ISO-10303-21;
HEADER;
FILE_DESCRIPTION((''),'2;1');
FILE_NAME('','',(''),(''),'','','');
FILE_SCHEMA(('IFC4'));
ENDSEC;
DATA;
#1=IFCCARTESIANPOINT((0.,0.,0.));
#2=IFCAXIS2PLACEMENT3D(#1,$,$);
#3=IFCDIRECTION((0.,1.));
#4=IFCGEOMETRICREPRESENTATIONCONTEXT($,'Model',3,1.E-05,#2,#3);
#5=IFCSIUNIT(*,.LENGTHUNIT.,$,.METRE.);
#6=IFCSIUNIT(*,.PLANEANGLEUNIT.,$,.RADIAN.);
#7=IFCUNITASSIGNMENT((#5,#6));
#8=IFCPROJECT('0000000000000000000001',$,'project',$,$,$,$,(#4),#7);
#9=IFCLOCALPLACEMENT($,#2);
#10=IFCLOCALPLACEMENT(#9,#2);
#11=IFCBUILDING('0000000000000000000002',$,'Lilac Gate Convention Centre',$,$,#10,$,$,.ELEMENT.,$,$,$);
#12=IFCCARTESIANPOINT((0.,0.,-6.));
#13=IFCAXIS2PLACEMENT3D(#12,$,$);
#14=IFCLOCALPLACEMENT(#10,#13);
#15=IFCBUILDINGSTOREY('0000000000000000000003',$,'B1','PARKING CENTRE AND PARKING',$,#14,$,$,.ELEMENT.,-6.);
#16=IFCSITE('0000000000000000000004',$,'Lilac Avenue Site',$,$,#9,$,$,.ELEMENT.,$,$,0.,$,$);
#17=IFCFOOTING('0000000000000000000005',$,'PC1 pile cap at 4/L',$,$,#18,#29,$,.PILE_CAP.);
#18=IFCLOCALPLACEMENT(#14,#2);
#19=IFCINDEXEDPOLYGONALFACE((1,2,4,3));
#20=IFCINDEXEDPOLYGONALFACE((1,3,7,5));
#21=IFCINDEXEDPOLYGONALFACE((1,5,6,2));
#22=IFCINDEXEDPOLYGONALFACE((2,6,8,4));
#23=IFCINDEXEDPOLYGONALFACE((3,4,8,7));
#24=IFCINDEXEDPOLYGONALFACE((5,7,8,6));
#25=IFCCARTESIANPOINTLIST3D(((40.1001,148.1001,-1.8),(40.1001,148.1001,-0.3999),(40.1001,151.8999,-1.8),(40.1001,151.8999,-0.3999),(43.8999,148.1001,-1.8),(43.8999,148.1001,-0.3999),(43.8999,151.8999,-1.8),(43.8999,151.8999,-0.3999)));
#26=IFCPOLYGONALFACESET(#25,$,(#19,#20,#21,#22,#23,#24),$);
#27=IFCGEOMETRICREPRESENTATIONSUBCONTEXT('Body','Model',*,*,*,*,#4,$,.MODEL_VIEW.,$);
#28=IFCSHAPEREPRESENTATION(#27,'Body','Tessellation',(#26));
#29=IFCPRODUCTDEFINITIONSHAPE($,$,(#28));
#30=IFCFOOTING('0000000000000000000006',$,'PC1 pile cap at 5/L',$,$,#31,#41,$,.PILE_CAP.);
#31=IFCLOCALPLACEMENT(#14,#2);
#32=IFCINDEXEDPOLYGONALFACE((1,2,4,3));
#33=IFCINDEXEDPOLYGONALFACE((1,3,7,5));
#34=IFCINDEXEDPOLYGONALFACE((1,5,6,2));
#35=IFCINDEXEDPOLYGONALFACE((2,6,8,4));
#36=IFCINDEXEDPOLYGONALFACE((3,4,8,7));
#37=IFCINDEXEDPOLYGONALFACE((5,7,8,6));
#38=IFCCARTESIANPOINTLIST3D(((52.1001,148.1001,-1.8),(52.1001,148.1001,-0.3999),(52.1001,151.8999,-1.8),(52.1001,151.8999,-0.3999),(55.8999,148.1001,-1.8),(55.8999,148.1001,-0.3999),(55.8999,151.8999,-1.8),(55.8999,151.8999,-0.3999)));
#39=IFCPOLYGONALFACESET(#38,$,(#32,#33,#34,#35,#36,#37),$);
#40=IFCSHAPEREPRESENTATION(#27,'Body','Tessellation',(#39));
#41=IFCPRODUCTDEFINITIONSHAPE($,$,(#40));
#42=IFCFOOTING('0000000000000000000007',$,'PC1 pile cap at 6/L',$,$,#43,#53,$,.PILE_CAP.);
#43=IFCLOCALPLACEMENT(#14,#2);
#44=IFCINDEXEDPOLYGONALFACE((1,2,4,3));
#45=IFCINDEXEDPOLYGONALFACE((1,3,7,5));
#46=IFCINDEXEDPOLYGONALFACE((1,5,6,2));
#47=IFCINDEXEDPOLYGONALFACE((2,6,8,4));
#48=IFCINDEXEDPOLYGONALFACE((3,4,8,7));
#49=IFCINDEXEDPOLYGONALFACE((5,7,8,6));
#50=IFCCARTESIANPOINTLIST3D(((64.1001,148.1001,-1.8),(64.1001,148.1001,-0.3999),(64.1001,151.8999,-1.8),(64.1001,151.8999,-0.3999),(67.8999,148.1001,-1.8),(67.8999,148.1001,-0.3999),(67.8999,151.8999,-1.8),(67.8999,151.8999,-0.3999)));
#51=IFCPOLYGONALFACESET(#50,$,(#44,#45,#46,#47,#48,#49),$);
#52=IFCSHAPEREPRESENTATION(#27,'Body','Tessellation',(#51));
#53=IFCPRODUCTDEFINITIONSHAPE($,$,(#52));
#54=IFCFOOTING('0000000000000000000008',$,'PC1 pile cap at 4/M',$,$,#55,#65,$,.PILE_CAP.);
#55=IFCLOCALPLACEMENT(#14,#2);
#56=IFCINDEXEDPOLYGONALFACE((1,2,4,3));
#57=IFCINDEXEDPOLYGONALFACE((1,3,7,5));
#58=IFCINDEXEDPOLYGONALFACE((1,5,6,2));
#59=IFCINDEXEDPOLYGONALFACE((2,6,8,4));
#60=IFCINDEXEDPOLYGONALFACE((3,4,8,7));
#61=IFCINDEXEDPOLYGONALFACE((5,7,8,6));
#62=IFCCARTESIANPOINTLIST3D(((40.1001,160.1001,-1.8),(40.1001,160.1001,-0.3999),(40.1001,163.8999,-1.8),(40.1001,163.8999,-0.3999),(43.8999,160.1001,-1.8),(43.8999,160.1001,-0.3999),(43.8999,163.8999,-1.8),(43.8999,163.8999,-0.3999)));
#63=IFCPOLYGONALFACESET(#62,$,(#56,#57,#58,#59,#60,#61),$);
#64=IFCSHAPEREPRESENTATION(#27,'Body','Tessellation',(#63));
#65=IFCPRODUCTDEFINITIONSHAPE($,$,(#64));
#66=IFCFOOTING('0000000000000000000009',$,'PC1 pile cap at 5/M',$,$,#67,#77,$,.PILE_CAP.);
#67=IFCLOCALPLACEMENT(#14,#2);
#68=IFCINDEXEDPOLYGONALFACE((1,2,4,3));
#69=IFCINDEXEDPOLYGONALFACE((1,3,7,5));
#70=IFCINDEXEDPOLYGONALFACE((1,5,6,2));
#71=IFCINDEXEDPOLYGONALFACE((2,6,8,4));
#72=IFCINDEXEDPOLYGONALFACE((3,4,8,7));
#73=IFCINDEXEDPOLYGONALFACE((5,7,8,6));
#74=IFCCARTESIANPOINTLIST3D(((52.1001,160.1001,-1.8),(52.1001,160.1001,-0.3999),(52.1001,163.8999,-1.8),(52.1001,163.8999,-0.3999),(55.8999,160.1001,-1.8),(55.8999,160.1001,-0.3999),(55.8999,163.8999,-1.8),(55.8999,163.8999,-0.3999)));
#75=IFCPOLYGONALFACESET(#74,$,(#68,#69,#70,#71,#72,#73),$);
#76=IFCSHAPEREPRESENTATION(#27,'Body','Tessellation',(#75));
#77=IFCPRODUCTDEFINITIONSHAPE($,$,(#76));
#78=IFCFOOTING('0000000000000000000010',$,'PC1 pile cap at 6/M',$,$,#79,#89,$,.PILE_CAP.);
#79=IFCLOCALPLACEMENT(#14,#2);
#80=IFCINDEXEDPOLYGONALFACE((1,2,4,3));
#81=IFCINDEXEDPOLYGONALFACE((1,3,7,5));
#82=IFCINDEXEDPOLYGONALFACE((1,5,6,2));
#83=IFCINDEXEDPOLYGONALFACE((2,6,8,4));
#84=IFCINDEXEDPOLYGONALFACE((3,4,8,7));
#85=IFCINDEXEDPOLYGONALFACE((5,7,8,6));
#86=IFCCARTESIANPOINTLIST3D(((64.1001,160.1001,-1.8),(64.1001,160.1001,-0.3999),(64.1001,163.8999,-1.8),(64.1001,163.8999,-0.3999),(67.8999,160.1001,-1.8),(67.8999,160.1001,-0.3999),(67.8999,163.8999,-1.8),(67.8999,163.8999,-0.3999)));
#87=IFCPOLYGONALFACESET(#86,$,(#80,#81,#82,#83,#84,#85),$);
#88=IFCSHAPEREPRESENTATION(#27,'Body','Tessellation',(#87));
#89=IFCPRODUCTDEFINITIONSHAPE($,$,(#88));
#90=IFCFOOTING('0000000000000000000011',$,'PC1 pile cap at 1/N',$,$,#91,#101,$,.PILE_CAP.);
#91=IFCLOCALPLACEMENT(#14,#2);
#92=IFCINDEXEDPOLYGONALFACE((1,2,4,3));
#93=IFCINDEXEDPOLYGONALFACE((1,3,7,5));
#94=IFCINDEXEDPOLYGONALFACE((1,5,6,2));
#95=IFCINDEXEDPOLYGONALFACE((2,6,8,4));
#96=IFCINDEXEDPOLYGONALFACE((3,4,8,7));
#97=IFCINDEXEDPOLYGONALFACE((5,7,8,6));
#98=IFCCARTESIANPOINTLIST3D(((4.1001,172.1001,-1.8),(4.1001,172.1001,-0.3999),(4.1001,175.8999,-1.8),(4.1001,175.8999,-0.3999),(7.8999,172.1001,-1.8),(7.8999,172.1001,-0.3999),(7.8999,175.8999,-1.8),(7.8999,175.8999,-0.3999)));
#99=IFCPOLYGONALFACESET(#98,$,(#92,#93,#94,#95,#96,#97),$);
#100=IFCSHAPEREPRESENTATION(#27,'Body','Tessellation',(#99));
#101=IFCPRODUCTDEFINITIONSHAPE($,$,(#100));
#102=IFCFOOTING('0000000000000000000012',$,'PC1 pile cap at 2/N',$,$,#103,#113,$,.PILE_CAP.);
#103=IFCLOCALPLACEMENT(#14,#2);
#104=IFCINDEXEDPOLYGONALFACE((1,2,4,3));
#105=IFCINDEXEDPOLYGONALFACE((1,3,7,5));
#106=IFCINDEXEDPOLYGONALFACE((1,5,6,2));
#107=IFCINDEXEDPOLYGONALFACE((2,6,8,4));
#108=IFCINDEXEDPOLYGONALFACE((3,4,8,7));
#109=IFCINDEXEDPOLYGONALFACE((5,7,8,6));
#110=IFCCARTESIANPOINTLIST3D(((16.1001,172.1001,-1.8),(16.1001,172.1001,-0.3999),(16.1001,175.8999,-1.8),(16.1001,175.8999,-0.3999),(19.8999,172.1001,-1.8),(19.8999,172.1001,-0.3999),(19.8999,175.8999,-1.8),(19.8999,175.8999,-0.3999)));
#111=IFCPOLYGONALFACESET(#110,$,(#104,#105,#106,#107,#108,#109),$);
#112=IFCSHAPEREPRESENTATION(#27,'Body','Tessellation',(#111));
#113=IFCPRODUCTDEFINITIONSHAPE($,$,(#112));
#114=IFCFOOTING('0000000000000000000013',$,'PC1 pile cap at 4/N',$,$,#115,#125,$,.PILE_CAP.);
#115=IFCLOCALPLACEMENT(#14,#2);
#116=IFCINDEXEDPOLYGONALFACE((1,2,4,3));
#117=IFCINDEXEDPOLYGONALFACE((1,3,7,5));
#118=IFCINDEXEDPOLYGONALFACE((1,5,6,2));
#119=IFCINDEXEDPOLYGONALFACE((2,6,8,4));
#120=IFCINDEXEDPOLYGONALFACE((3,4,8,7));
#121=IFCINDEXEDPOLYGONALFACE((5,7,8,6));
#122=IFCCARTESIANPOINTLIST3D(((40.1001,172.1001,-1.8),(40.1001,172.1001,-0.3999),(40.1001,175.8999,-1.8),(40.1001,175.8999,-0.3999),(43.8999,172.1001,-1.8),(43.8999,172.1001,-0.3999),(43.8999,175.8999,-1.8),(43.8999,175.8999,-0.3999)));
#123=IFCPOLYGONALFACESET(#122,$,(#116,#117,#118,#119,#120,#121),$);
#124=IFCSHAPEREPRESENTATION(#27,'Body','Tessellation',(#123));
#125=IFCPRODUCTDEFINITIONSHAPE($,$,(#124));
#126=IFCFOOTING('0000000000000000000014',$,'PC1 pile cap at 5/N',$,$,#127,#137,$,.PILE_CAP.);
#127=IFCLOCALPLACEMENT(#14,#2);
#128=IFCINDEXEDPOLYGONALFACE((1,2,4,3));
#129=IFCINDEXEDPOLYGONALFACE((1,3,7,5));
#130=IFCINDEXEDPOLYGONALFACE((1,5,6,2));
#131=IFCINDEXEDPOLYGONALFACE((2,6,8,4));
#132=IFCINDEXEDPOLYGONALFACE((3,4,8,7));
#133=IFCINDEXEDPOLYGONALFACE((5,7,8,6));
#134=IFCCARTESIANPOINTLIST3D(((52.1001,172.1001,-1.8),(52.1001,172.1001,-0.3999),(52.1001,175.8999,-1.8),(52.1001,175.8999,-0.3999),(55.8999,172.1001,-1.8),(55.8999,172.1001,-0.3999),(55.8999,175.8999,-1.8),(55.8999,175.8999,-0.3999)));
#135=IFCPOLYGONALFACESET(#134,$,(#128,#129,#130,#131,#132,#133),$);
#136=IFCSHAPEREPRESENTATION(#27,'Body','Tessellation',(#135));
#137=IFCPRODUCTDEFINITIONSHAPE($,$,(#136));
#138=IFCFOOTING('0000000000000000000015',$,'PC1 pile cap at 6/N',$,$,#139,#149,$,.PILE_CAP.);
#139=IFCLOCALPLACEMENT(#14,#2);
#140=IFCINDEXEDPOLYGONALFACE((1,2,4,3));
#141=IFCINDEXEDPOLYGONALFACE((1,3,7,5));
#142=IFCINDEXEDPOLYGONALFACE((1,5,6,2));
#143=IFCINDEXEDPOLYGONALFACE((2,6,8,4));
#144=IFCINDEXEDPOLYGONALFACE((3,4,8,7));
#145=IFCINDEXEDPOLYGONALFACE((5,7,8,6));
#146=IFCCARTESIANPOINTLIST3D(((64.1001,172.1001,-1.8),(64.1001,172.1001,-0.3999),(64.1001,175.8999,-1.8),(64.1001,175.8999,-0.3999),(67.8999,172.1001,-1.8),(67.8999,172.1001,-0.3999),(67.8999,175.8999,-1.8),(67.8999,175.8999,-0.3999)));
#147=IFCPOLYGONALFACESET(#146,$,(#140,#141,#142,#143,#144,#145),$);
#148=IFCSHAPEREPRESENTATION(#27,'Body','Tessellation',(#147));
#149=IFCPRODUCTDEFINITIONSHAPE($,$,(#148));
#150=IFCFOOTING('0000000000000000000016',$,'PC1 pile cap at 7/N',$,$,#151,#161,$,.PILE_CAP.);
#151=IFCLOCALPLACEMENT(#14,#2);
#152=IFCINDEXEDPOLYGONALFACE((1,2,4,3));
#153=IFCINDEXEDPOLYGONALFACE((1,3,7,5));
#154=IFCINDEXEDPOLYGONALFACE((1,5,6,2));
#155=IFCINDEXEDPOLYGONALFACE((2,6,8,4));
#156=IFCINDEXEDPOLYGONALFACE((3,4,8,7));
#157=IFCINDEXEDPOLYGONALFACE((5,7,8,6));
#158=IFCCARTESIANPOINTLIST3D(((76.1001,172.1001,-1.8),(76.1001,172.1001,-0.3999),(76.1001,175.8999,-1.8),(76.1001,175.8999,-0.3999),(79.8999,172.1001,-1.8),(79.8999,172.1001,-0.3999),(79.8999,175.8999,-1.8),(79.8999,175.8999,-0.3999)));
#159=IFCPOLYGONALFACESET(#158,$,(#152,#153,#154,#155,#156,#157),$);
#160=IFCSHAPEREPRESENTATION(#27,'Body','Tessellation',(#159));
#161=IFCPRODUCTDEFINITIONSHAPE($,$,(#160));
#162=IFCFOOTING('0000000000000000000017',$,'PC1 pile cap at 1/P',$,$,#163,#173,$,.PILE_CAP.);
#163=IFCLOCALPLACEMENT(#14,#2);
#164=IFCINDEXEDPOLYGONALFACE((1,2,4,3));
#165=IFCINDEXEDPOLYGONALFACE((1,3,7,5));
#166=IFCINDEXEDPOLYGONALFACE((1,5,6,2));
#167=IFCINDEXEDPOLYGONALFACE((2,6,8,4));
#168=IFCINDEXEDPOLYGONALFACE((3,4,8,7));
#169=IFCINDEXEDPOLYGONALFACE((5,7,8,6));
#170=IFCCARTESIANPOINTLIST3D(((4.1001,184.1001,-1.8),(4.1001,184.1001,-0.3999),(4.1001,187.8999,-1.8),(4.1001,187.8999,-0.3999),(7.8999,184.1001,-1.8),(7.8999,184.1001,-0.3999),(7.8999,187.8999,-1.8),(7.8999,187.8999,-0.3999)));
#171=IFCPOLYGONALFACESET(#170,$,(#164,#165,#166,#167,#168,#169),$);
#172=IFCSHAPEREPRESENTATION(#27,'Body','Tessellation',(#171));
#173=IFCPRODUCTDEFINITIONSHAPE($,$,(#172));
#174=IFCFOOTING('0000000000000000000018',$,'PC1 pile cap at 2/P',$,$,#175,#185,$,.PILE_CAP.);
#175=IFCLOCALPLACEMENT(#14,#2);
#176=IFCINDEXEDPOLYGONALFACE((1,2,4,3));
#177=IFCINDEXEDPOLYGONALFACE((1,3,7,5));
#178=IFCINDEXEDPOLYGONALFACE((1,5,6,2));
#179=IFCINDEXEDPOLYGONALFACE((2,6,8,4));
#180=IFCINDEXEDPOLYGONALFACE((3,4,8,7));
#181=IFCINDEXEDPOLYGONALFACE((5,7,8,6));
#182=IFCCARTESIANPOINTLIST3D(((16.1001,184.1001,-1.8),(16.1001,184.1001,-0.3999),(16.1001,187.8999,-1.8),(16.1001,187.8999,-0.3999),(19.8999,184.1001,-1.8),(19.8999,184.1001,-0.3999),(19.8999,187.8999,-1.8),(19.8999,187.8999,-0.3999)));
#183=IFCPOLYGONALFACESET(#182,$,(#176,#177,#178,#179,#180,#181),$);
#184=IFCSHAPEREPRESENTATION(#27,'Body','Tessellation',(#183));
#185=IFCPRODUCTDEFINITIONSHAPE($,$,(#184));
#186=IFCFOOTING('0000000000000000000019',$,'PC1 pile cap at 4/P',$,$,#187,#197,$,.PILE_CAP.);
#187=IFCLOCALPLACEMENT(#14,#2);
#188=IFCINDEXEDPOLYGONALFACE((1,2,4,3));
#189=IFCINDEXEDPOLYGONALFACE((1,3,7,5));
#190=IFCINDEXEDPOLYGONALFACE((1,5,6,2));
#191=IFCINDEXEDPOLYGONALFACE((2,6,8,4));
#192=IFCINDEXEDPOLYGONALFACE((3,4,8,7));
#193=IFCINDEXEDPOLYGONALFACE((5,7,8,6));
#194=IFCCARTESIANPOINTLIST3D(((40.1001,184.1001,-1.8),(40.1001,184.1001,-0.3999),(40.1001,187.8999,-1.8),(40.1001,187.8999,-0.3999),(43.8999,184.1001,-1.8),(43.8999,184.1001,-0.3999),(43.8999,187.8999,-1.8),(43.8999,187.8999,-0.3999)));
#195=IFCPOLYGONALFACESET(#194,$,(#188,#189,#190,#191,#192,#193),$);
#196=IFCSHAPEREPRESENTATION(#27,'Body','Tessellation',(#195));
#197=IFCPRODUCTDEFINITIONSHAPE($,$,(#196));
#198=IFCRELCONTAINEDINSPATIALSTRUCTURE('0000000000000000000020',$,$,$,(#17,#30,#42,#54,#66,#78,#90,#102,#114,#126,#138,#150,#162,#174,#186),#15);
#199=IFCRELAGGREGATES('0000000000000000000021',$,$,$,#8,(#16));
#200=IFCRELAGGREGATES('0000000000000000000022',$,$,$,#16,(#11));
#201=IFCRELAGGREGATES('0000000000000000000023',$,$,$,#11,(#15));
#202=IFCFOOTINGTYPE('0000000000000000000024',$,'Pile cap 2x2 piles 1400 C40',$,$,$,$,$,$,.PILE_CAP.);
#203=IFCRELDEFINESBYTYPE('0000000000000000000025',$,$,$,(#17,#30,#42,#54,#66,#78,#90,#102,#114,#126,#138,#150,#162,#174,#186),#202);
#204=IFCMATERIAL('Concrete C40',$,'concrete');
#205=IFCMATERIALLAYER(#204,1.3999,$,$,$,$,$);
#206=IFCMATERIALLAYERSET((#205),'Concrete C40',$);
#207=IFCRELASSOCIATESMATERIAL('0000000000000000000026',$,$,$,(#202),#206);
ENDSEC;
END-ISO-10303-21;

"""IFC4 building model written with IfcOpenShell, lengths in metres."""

from ifc_helpers import new_model, si_unit, direction, frame, origin, place, context, subcontext, project, spatial, polyline, outline, extrude, material, layer, layer_set, type_object, element, save


model = new_model("IFC4")

# Units and contexts
model_context = context("Model", 3, precision=1e-05, world=origin(), true_north=direction((0.0, 1.0)))
body_context = subcontext(model_context, "Body", "Model", "MODEL_VIEW")
ifc_project = project(units=[si_unit("LENGTHUNIT", "METRE"), si_unit("PLANEANGLEUNIT", "RADIAN")], contexts=[model_context])

# Site, building, storey
site_placement = place(None, origin())
site = spatial("IfcSite", under=ifc_project, at=site_placement, Name="Lilac Avenue Site", CompositionType="ELEMENT", RefElevation=0.0)
building_placement = place(site_placement, origin())
building = spatial("IfcBuilding", under=site, at=building_placement, Name="Lilac Gate Convention Centre", CompositionType="ELEMENT")
storey_placement = place(building_placement, frame((0.0, 0.0, -6.0)))
storey = spatial("IfcBuildingStorey", under=building, at=storey_placement, Name="B1", Description="PARKING CENTRE AND PARKING", CompositionType="ELEMENT", Elevation=-6.0)

# Footings
ifc_material = material(Name="Concrete C40", Category="concrete")
ifc_layer = layer(ifc_material, 1.3999)
ifc_layer_set = layer_set([ifc_layer], Name="Concrete C40")
footing_type = type_object("IfcFootingType", Name="Pile cap 2x2 piles 1400 C40", PredefinedType="PILE_CAP", material=ifc_layer_set)
footing_1_placement = place(storey_placement, frame((0.0, 0.0, -1.8)))
element("IfcFooting", 1, at=footing_1_placement, inside=storey, type_object=footing_type, Name="PC1 pile cap at 4/L", PredefinedType="PILE_CAP", context=body_context, shape_type="SweptSolid", body=[
    extrude(outline(polyline([(40.1001, 148.1001), (43.8999, 148.1001), (43.8999, 151.8999), (40.1001, 151.8999), (40.1001, 148.1001)])), origin(), (0.0, 0.0, 1.0), 1.4001),
])
footing_2_placement = place(storey_placement, frame((0.0, 0.0, -1.8)))
element("IfcFooting", 2, at=footing_2_placement, inside=storey, type_object=footing_type, Name="PC1 pile cap at 5/L", PredefinedType="PILE_CAP", context=body_context, shape_type="SweptSolid", body=[
    extrude(outline(polyline([(52.1001, 148.1001), (55.8999, 148.1001), (55.8999, 151.8999), (52.1001, 151.8999), (52.1001, 148.1001)])), origin(), (0.0, 0.0, 1.0), 1.4001),
])
footing_3_placement = place(storey_placement, frame((0.0, 0.0, -1.8)))
element("IfcFooting", 3, at=footing_3_placement, inside=storey, type_object=footing_type, Name="PC1 pile cap at 6/L", PredefinedType="PILE_CAP", context=body_context, shape_type="SweptSolid", body=[
    extrude(outline(polyline([(64.1001, 148.1001), (67.8999, 148.1001), (67.8999, 151.8999), (64.1001, 151.8999), (64.1001, 148.1001)])), origin(), (0.0, 0.0, 1.0), 1.4001),
])
footing_4_placement = place(storey_placement, frame((0.0, 0.0, -1.8)))
element("IfcFooting", 4, at=footing_4_placement, inside=storey, type_object=footing_type, Name="PC1 pile cap at 4/M", PredefinedType="PILE_CAP", context=body_context, shape_type="SweptSolid", body=[
    extrude(outline(polyline([(40.1001, 160.1001), (43.8999, 160.1001), (43.8999, 163.8999), (40.1001, 163.8999), (40.1001, 160.1001)])), origin(), (0.0, 0.0, 1.0), 1.4001),
])
footing_5_placement = place(storey_placement, frame((0.0, 0.0, -1.8)))
element("IfcFooting", 5, at=footing_5_placement, inside=storey, type_object=footing_type, Name="PC1 pile cap at 5/M", PredefinedType="PILE_CAP", context=body_context, shape_type="SweptSolid", body=[
    extrude(outline(polyline([(52.1001, 160.1001), (55.8999, 160.1001), (55.8999, 163.8999), (52.1001, 163.8999), (52.1001, 160.1001)])), origin(), (0.0, 0.0, 1.0), 1.4001),
])
footing_6_placement = place(storey_placement, frame((0.0, 0.0, -1.8)))
element("IfcFooting", 6, at=footing_6_placement, inside=storey, type_object=footing_type, Name="PC1 pile cap at 6/M", PredefinedType="PILE_CAP", context=body_context, shape_type="SweptSolid", body=[
    extrude(outline(polyline([(64.1001, 160.1001), (67.8999, 160.1001), (67.8999, 163.8999), (64.1001, 163.8999), (64.1001, 160.1001)])), origin(), (0.0, 0.0, 1.0), 1.4001),
])
footing_7_placement = place(storey_placement, frame((0.0, 0.0, -1.8)))
element("IfcFooting", 7, at=footing_7_placement, inside=storey, type_object=footing_type, Name="PC1 pile cap at 1/N", PredefinedType="PILE_CAP", context=body_context, shape_type="SweptSolid", body=[
    extrude(outline(polyline([(4.1001, 172.1001), (7.8999, 172.1001), (7.8999, 175.8999), (4.1001, 175.8999), (4.1001, 172.1001)])), origin(), (0.0, 0.0, 1.0), 1.4001),
])
footing_8_placement = place(storey_placement, frame((0.0, 0.0, -1.8)))
element("IfcFooting", 8, at=footing_8_placement, inside=storey, type_object=footing_type, Name="PC1 pile cap at 2/N", PredefinedType="PILE_CAP", context=body_context, shape_type="SweptSolid", body=[
    extrude(outline(polyline([(16.1001, 172.1001), (19.8999, 172.1001), (19.8999, 175.8999), (16.1001, 175.8999), (16.1001, 172.1001)])), origin(), (0.0, 0.0, 1.0), 1.4001),
])
footing_9_placement = place(storey_placement, frame((0.0, 0.0, -1.8)))
element("IfcFooting", 9, at=footing_9_placement, inside=storey, type_object=footing_type, Name="PC1 pile cap at 4/N", PredefinedType="PILE_CAP", context=body_context, shape_type="SweptSolid", body=[
    extrude(outline(polyline([(40.1001, 172.1001), (43.8999, 172.1001), (43.8999, 175.8999), (40.1001, 175.8999), (40.1001, 172.1001)])), origin(), (0.0, 0.0, 1.0), 1.4001),
])
footing_10_placement = place(storey_placement, frame((0.0, 0.0, -1.8)))
element("IfcFooting", 10, at=footing_10_placement, inside=storey, type_object=footing_type, Name="PC1 pile cap at 5/N", PredefinedType="PILE_CAP", context=body_context, shape_type="SweptSolid", body=[
    extrude(outline(polyline([(52.1001, 172.1001), (55.8999, 172.1001), (55.8999, 175.8999), (52.1001, 175.8999), (52.1001, 172.1001)])), origin(), (0.0, 0.0, 1.0), 1.4001),
])
footing_11_placement = place(storey_placement, frame((0.0, 0.0, -1.8)))
element("IfcFooting", 11, at=footing_11_placement, inside=storey, type_object=footing_type, Name="PC1 pile cap at 6/N", PredefinedType="PILE_CAP", context=body_context, shape_type="SweptSolid", body=[
    extrude(outline(polyline([(64.1001, 172.1001), (67.8999, 172.1001), (67.8999, 175.8999), (64.1001, 175.8999), (64.1001, 172.1001)])), origin(), (0.0, 0.0, 1.0), 1.4001),
])
footing_12_placement = place(storey_placement, frame((0.0, 0.0, -1.8)))
element("IfcFooting", 12, at=footing_12_placement, inside=storey, type_object=footing_type, Name="PC1 pile cap at 7/N", PredefinedType="PILE_CAP", context=body_context, shape_type="SweptSolid", body=[
    extrude(outline(polyline([(76.1001, 172.1001), (79.8999, 172.1001), (79.8999, 175.8999), (76.1001, 175.8999), (76.1001, 172.1001)])), origin(), (0.0, 0.0, 1.0), 1.4001),
])
footing_13_placement = place(storey_placement, frame((0.0, 0.0, -1.8)))
element("IfcFooting", 13, at=footing_13_placement, inside=storey, type_object=footing_type, Name="PC1 pile cap at 1/P", PredefinedType="PILE_CAP", context=body_context, shape_type="SweptSolid", body=[
    extrude(outline(polyline([(4.1001, 184.1001), (7.8999, 184.1001), (7.8999, 187.8999), (4.1001, 187.8999), (4.1001, 184.1001)])), origin(), (0.0, 0.0, 1.0), 1.4001),
])
footing_14_placement = place(storey_placement, frame((0.0, 0.0, -1.8)))
element("IfcFooting", 14, at=footing_14_placement, inside=storey, type_object=footing_type, Name="PC1 pile cap at 2/P", PredefinedType="PILE_CAP", context=body_context, shape_type="SweptSolid", body=[
    extrude(outline(polyline([(16.1001, 184.1001), (19.8999, 184.1001), (19.8999, 187.8999), (16.1001, 187.8999), (16.1001, 184.1001)])), origin(), (0.0, 0.0, 1.0), 1.4001),
])
footing_15_placement = place(storey_placement, frame((0.0, 0.0, -1.8)))
element("IfcFooting", 15, at=footing_15_placement, inside=storey, type_object=footing_type, Name="PC1 pile cap at 4/P", PredefinedType="PILE_CAP", context=body_context, shape_type="SweptSolid", body=[
    extrude(outline(polyline([(40.1001, 184.1001), (43.8999, 184.1001), (43.8999, 187.8999), (40.1001, 187.8999), (40.1001, 184.1001)])), origin(), (0.0, 0.0, 1.0), 1.4001),
])

save(model, "model.ifc")
